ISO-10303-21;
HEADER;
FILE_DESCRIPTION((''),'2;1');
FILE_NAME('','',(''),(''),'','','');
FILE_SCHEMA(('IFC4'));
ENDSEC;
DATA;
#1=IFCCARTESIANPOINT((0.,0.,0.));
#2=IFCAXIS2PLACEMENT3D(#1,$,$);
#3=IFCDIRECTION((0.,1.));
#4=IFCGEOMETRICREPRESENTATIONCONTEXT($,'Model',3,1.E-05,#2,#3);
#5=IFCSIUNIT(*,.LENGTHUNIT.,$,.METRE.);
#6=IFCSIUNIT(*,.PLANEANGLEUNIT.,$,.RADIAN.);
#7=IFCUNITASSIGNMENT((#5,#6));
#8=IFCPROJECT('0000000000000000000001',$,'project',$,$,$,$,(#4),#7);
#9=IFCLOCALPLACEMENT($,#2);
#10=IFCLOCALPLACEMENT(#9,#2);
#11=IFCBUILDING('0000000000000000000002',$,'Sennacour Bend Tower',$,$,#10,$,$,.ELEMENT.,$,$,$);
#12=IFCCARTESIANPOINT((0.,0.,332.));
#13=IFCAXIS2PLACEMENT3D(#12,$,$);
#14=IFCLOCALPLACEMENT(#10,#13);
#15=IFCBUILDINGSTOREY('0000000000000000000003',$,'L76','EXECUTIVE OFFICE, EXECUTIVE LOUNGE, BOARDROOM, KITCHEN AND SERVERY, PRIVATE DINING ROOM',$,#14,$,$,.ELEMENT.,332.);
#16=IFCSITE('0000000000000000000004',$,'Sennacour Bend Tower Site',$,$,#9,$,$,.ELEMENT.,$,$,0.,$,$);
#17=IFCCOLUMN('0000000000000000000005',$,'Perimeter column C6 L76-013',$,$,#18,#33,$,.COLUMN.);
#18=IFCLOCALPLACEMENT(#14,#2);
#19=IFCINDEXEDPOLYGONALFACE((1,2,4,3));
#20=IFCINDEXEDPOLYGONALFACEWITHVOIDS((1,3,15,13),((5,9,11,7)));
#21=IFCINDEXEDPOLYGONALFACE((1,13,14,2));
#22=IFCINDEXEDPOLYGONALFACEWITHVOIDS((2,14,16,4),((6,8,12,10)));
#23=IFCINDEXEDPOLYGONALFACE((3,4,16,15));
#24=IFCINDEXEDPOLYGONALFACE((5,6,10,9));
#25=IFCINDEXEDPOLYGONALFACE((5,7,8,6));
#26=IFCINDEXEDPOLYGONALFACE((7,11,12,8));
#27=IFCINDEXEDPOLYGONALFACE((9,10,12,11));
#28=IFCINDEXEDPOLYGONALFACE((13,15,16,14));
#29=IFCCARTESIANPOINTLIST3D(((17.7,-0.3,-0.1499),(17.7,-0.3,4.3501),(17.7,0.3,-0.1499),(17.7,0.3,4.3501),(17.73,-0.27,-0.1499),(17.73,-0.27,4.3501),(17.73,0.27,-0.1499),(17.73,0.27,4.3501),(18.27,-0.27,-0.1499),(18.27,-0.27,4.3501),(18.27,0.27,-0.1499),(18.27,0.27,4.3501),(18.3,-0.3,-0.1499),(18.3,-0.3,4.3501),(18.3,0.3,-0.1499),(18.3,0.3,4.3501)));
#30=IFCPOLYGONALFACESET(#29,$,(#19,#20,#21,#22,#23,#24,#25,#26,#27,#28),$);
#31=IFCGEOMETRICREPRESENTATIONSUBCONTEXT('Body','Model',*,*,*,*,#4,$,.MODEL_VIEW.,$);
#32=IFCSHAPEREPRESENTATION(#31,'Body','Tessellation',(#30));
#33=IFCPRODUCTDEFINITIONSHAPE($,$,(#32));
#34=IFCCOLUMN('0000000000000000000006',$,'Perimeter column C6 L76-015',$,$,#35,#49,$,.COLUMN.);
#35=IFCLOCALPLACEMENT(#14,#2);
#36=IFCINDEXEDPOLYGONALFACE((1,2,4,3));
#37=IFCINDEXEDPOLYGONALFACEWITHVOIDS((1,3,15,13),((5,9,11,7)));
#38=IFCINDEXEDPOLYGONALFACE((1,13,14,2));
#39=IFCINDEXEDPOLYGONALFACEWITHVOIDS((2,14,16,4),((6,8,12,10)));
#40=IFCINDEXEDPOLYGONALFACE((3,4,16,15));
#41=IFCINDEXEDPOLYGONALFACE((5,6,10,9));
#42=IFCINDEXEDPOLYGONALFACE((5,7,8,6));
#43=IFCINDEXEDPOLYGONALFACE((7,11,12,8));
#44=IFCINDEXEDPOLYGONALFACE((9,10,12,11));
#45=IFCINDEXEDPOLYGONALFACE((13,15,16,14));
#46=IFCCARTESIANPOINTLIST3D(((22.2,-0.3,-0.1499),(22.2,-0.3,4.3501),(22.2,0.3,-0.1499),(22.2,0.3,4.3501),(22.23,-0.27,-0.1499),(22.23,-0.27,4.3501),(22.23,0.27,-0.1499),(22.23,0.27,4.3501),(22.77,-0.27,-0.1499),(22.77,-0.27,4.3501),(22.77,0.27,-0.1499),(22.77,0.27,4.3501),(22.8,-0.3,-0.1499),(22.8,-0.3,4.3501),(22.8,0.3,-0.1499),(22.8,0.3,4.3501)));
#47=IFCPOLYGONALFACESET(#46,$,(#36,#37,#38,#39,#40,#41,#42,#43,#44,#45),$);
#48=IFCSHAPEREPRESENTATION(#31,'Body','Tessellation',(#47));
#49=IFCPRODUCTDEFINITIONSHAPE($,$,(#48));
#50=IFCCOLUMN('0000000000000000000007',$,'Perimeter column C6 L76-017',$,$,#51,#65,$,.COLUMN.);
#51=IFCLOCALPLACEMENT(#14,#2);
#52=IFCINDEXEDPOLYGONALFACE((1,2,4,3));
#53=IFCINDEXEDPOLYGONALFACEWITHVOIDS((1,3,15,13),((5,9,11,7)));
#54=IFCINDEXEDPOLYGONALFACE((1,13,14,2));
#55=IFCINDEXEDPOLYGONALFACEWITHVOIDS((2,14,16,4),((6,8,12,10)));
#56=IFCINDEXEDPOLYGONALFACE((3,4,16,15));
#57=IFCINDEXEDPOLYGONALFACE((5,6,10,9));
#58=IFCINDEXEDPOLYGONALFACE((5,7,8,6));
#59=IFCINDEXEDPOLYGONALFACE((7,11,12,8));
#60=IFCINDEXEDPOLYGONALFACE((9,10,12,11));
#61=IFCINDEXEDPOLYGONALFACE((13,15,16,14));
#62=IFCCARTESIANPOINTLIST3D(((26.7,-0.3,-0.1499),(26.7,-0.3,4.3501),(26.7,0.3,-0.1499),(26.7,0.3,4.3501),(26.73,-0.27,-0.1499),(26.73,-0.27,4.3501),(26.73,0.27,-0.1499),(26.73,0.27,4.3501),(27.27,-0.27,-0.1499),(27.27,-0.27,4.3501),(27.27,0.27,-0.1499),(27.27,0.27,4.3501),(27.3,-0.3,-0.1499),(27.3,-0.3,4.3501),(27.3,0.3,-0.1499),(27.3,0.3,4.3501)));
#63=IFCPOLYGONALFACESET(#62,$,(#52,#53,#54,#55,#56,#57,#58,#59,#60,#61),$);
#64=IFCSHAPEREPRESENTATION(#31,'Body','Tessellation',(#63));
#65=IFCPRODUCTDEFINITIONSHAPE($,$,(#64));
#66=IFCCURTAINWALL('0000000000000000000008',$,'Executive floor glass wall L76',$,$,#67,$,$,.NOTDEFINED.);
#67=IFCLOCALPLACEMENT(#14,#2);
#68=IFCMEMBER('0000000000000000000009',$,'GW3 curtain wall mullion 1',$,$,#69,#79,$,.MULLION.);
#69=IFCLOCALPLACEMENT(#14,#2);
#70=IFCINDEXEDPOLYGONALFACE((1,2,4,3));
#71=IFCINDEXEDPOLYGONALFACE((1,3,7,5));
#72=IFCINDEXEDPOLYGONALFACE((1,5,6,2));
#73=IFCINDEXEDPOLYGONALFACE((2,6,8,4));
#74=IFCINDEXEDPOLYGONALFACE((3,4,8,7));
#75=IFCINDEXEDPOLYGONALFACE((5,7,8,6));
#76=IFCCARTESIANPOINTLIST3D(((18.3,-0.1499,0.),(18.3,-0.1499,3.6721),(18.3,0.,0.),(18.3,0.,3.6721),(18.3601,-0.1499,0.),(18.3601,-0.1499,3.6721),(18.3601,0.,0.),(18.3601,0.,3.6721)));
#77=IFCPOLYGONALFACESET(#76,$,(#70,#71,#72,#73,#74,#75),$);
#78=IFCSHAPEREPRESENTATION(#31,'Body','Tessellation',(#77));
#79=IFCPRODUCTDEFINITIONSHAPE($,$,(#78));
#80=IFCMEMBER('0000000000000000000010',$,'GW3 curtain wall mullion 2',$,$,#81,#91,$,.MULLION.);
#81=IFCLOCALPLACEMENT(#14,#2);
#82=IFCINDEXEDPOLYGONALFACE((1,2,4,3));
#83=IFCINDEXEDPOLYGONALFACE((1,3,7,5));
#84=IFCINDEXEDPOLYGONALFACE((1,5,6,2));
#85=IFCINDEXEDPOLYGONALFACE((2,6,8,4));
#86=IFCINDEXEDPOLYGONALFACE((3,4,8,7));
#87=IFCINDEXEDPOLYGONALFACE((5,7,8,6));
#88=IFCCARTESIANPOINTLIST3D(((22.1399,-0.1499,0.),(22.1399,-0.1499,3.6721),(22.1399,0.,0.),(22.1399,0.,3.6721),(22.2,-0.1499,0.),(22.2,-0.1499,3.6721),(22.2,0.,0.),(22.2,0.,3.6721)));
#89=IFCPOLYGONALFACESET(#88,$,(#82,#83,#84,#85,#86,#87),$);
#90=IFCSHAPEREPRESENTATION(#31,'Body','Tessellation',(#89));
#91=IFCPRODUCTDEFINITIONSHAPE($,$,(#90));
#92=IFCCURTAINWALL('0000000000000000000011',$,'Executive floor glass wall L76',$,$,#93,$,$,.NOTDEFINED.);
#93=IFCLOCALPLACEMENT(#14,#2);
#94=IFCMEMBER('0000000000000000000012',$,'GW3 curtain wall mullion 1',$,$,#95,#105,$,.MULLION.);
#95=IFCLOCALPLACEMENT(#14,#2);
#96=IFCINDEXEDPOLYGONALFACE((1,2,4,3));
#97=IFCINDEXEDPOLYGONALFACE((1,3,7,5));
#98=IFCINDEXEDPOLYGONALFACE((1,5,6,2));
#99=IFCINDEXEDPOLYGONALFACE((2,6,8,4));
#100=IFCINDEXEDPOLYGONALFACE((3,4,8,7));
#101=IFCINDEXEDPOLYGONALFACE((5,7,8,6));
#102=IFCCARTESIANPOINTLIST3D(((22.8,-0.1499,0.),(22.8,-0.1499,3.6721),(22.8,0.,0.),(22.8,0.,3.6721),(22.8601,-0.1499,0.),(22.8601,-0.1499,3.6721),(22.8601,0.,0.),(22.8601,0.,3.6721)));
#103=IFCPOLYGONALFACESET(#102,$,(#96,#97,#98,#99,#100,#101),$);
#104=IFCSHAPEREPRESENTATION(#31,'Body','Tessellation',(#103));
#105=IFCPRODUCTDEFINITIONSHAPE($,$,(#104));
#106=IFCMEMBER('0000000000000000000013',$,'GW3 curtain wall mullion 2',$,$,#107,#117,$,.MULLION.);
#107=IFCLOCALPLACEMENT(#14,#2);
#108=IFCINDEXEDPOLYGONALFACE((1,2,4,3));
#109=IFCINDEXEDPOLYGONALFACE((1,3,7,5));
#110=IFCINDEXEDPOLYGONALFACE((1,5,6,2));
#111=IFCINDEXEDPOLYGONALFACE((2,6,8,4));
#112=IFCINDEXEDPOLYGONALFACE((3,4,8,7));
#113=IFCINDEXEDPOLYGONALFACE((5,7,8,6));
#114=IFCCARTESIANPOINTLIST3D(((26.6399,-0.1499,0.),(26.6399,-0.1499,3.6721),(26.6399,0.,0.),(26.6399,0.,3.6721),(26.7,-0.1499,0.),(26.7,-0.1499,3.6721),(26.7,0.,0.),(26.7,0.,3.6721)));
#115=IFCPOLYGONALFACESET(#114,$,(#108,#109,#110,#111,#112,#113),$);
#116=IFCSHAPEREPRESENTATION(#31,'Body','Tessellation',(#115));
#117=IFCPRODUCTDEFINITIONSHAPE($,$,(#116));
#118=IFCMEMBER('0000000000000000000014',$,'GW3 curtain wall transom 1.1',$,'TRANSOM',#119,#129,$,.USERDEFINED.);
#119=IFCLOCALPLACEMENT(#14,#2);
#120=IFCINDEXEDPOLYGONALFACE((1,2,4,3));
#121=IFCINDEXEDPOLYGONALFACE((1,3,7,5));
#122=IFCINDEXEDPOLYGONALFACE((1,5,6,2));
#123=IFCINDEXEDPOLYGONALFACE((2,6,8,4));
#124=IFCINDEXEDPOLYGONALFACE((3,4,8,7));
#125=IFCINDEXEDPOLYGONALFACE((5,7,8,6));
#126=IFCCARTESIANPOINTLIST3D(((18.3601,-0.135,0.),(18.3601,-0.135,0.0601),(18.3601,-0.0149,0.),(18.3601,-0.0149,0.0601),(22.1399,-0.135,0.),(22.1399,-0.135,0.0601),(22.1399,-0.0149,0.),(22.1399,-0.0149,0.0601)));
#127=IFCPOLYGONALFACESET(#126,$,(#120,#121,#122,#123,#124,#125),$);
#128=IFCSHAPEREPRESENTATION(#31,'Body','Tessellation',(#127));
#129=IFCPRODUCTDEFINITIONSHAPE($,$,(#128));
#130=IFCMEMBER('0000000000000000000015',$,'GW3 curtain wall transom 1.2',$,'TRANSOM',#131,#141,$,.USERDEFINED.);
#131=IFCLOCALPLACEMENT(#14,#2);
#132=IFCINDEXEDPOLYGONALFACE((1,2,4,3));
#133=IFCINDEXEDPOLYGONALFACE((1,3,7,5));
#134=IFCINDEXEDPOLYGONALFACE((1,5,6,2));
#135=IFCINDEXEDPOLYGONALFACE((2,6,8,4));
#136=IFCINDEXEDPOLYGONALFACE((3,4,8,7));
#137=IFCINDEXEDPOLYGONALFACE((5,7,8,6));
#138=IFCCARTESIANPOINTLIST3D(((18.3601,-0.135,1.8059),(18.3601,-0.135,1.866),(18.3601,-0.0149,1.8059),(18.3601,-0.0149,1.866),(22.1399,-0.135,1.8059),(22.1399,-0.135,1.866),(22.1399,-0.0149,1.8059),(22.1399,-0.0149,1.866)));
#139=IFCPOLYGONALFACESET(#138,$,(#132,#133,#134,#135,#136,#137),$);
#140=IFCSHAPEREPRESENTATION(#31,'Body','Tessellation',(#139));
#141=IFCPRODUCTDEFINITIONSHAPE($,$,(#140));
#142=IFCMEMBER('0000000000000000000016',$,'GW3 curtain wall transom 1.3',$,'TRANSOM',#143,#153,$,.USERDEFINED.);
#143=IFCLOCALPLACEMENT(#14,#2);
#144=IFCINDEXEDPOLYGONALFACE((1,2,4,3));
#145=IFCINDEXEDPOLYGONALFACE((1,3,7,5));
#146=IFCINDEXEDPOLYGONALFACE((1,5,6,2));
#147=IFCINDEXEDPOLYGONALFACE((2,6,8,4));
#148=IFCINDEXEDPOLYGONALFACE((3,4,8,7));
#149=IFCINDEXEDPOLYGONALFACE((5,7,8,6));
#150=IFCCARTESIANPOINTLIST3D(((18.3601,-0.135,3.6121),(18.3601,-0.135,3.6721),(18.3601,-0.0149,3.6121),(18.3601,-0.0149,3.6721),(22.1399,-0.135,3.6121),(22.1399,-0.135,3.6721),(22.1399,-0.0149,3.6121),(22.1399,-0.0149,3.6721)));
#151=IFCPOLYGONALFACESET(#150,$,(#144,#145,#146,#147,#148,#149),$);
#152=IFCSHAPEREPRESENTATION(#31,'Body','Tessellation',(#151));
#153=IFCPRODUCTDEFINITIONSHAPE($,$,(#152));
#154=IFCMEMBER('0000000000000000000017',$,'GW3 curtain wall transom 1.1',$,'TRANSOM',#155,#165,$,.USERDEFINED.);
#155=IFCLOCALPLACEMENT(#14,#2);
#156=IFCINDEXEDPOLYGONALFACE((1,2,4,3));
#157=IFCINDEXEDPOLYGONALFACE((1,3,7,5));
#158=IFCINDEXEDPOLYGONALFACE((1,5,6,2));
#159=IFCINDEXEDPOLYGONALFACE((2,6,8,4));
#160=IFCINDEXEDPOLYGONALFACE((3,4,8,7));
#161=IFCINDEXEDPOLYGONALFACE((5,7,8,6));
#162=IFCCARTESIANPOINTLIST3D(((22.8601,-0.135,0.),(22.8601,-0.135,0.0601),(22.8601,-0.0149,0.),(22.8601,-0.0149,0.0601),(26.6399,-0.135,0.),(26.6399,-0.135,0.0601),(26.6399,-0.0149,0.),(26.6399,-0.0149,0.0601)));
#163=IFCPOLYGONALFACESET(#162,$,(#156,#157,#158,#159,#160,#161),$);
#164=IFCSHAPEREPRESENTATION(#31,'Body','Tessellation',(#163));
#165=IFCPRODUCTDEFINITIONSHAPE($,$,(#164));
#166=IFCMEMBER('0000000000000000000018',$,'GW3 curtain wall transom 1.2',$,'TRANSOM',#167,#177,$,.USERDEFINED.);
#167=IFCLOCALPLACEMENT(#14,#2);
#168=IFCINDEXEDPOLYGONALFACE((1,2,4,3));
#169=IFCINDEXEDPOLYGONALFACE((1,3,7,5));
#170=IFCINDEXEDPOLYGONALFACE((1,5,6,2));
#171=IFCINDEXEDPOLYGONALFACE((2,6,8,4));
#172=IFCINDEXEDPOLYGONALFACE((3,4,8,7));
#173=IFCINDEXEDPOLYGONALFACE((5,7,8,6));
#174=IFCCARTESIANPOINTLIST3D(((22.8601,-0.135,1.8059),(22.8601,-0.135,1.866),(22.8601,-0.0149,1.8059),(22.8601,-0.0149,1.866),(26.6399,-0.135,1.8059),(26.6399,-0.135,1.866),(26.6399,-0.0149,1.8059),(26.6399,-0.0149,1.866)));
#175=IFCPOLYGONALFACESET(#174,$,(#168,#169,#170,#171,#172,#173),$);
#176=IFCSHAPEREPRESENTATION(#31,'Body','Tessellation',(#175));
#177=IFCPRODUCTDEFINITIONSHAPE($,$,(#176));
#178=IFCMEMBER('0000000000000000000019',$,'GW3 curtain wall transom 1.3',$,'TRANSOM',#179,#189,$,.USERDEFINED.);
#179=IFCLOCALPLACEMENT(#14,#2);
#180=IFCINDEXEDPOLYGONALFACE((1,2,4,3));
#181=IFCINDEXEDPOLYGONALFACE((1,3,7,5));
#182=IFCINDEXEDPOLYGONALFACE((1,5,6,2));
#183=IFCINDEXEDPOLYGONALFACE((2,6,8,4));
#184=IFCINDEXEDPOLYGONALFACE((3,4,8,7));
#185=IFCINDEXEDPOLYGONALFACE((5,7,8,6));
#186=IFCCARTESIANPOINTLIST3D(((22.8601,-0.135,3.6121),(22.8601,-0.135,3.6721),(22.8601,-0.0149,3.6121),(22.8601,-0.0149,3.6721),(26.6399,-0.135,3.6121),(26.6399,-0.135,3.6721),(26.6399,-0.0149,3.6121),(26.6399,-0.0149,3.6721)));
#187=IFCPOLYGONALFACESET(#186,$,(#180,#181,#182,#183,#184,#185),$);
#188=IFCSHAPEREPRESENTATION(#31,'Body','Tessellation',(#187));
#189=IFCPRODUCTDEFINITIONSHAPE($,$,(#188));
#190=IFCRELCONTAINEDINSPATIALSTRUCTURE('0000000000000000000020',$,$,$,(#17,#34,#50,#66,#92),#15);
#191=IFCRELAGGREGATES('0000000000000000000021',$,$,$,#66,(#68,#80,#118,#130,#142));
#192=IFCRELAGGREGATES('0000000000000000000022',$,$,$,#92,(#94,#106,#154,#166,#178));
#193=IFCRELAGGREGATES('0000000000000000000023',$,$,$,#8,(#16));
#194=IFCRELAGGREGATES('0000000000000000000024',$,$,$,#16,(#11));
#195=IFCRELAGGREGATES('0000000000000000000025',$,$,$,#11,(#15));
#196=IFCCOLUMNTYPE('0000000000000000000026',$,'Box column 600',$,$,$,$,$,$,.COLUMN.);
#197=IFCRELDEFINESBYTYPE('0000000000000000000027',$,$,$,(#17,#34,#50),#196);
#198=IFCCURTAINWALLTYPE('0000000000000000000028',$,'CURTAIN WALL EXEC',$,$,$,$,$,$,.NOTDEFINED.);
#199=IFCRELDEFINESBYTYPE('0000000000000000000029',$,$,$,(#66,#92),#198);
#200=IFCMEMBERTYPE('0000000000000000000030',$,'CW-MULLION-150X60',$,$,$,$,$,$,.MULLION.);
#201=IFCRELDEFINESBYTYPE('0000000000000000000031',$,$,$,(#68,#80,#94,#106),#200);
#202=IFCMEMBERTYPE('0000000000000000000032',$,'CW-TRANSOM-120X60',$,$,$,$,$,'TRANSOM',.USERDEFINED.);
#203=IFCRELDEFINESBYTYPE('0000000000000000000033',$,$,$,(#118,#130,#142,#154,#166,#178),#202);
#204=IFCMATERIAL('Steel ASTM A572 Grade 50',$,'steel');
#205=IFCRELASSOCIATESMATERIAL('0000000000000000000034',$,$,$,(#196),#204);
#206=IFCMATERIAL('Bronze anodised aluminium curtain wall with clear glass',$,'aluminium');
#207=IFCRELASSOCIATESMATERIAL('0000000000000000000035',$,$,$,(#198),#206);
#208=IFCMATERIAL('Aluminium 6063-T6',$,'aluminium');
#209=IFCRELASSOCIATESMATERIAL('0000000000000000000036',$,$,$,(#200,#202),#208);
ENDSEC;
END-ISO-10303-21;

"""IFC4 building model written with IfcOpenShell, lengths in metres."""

from ifc_helpers import new_model, si_unit, direction, frame, origin, origin_2d, place, context, subcontext, project, spatial, rectangle, hollow_rectangle, extrude, material, material_profile, profile_set, type_object, element, aggregate, save


model = new_model("IFC4")

# Units and contexts
model_context = context("Model", 3, precision=1e-05, world=origin(), true_north=direction((0.0, 1.0)))
body_context = subcontext(model_context, "Body", "Model", "MODEL_VIEW")
ifc_project = project(units=[si_unit("LENGTHUNIT", "METRE"), si_unit("PLANEANGLEUNIT", "RADIAN")], contexts=[model_context])

# Site, building, storey
site_placement = place(None, origin())
site = spatial("IfcSite", under=ifc_project, at=site_placement, Name="Sennacour Bend Tower Site", CompositionType="ELEMENT", RefElevation=0.0)
building_placement = place(site_placement, origin())
building = spatial("IfcBuilding", under=site, at=building_placement, Name="Sennacour Bend Tower", CompositionType="ELEMENT")
storey_placement = place(building_placement, frame((0.0, 0.0, 332.0)))
storey = spatial("IfcBuildingStorey", under=building, at=storey_placement, Name="L76", Description="EXECUTIVE OFFICE, EXECUTIVE LOUNGE, BOARDROOM, KITCHEN AND SERVERY, PRIVATE DINING ROOM", CompositionType="ELEMENT", Elevation=332.0)

# Columns
ifc_material_1 = material(Name="Steel ASTM A572 Grade 50", Category="steel")
ifc_material_profile_1 = material_profile(ifc_material_1, hollow_rectangle(XDim=0.6001, YDim=0.6001, WallThickness=0.03, at=origin_2d()), Name="Steel ASTM A572 Grade 50", Category="steel")
ifc_profile_set_1 = profile_set([ifc_material_profile_1], Name="Steel ASTM A572 Grade 50")
column_type = type_object("IfcColumnType", Name="Box column 600", PredefinedType="COLUMN", material=ifc_profile_set_1)
for number, where, z_axis, x_axis, name in (
    (1, (18.0, 0.0, -0.1499), (0.0, 0.0, 1.0), (1.0, 0.0, 0.0), "Perimeter column C6 L76-013"),
    (2, (22.5, 0.0, -0.1499), (0.0, 0.0, 1.0), (1.0, 0.0, 0.0), "Perimeter column C6 L76-015"),
    (3, (27.0, 0.0, -0.1499), (0.0, 0.0, 1.0), (1.0, 0.0, 0.0), "Perimeter column C6 L76-017"),
):
    element("IfcColumn", number, at=place(storey_placement, frame(where, z_axis=z_axis, x_axis=x_axis)), inside=storey, type_object=column_type, Name=name, PredefinedType="COLUMN", context=body_context, shape_type="SweptSolid", body=[
        extrude(hollow_rectangle(XDim=0.6001, YDim=0.6001, WallThickness=0.03, at=origin_2d()), origin(), (0.0, 0.0, 1.0), 4.5),
    ])

# Curtain walls, members
ifc_material_2 = material(Name="Bronze anodised aluminium curtain wall with clear glass", Category="aluminium")
curtain_wall_type = type_object("IfcCurtainWallType", Name="CURTAIN WALL EXEC", PredefinedType="NOTDEFINED", material=ifc_material_2)
curtain_wall_1_placement = place(storey_placement, origin())
curtain_wall_1 = element("IfcCurtainWall", 4, at=curtain_wall_1_placement, inside=storey, type_object=curtain_wall_type, Name="Executive floor glass wall L76", PredefinedType="NOTDEFINED")
ifc_material_3 = material(Name="Aluminium 6063-T6", Category="aluminium")
ifc_material_profile_2 = material_profile(ifc_material_3, rectangle(XDim=0.1499, YDim=0.0601, at=origin_2d()), Name="Aluminium 6063-T6", Category="aluminium")
ifc_profile_set_2 = profile_set([ifc_material_profile_2], Name="Aluminium 6063-T6")
member_type_1 = type_object("IfcMemberType", Name="CW-MULLION-150X60", PredefinedType="MULLION", material=ifc_profile_set_2)
member_1_placement = place(storey_placement, frame((18.3301, -0.075, 0.0), z_axis=(0.0, 0.0, 1.0), x_axis=(0.0, 1.0, 0.0)))
member_1 = element("IfcMember", 5, at=member_1_placement, type_object=member_type_1, Name="GW3 curtain wall mullion 1", PredefinedType="MULLION", context=body_context, shape_type="SweptSolid", body=[
    extrude(rectangle(XDim=0.1499, YDim=0.0601, at=origin_2d()), origin(), (0.0, 0.0, 1.0), 3.6721),
])
member_2_placement = place(storey_placement, frame((22.1699, -0.075, 0.0), z_axis=(0.0, 0.0, 1.0), x_axis=(0.0, 1.0, 0.0)))
member_2 = element("IfcMember", 6, at=member_2_placement, type_object=member_type_1, Name="GW3 curtain wall mullion 2", PredefinedType="MULLION", context=body_context, shape_type="SweptSolid", body=[
    extrude(rectangle(XDim=0.1499, YDim=0.0601, at=origin_2d()), origin(), (0.0, 0.0, 1.0), 3.6721),
])
curtain_wall_2_placement = place(storey_placement, origin())
curtain_wall_2 = element("IfcCurtainWall", 7, at=curtain_wall_2_placement, inside=storey, type_object=curtain_wall_type, Name="Executive floor glass wall L76", PredefinedType="NOTDEFINED")
member_3_placement = place(storey_placement, frame((22.8301, -0.075, 0.0), z_axis=(0.0, 0.0, 1.0), x_axis=(0.0, 1.0, 0.0)))
member_3 = element("IfcMember", 8, at=member_3_placement, type_object=member_type_1, Name="GW3 curtain wall mullion 1", PredefinedType="MULLION", context=body_context, shape_type="SweptSolid", body=[
    extrude(rectangle(XDim=0.1499, YDim=0.0601, at=origin_2d()), origin(), (0.0, 0.0, 1.0), 3.6721),
])
member_4_placement = place(storey_placement, frame((26.6699, -0.075, 0.0), z_axis=(0.0, 0.0, 1.0), x_axis=(0.0, 1.0, 0.0)))
member_4 = element("IfcMember", 9, at=member_4_placement, type_object=member_type_1, Name="GW3 curtain wall mullion 2", PredefinedType="MULLION", context=body_context, shape_type="SweptSolid", body=[
    extrude(rectangle(XDim=0.1499, YDim=0.0601, at=origin_2d()), origin(), (0.0, 0.0, 1.0), 3.6721),
])

# Members
ifc_material_profile_3 = material_profile(ifc_material_3, rectangle(XDim=0.1201, YDim=0.0601, at=origin_2d()), Name="Aluminium 6063-T6", Category="aluminium")
ifc_profile_set_3 = profile_set([ifc_material_profile_3], Name="Aluminium 6063-T6")
member_type_2 = type_object("IfcMemberType", Name="CW-TRANSOM-120X60", ElementType="TRANSOM", PredefinedType="USERDEFINED", material=ifc_profile_set_3)
member_5_placement = place(storey_placement, frame((18.3601, -0.075, 0.03), z_axis=(1.0, 0.0, 0.0), x_axis=(0.0, 1.0, 0.0)))
member_5 = element("IfcMember", 10, at=member_5_placement, type_object=member_type_2, Name="GW3 curtain wall transom 1.1", ObjectType="TRANSOM", PredefinedType="USERDEFINED", context=body_context, shape_type="SweptSolid", body=[
    extrude(rectangle(XDim=0.1201, YDim=0.0601, at=origin_2d()), origin(), (0.0, 0.0, 1.0), 3.7798),
])
member_6_placement = place(storey_placement, frame((18.3601, -0.075, 1.8359), z_axis=(1.0, 0.0, 0.0), x_axis=(0.0, 1.0, 0.0)))
member_6 = element("IfcMember", 11, at=member_6_placement, type_object=member_type_2, Name="GW3 curtain wall transom 1.2", ObjectType="TRANSOM", PredefinedType="USERDEFINED", context=body_context, shape_type="SweptSolid", body=[
    extrude(rectangle(XDim=0.1201, YDim=0.0601, at=origin_2d()), origin(), (0.0, 0.0, 1.0), 3.7798),
])
member_7_placement = place(storey_placement, frame((18.3601, -0.075, 3.6421), z_axis=(1.0, 0.0, 0.0), x_axis=(0.0, 1.0, 0.0)))
member_7 = element("IfcMember", 12, at=member_7_placement, type_object=member_type_2, Name="GW3 curtain wall transom 1.3", ObjectType="TRANSOM", PredefinedType="USERDEFINED", context=body_context, shape_type="SweptSolid", body=[
    extrude(rectangle(XDim=0.1201, YDim=0.0601, at=origin_2d()), origin(), (0.0, 0.0, 1.0), 3.7798),
])
member_8_placement = place(storey_placement, frame((22.8601, -0.075, 0.03), z_axis=(1.0, 0.0, 0.0), x_axis=(0.0, 1.0, 0.0)))
member_8 = element("IfcMember", 13, at=member_8_placement, type_object=member_type_2, Name="GW3 curtain wall transom 1.1", ObjectType="TRANSOM", PredefinedType="USERDEFINED", context=body_context, shape_type="SweptSolid", body=[
    extrude(rectangle(XDim=0.1201, YDim=0.0601, at=origin_2d()), origin(), (0.0, 0.0, 1.0), 3.7798),
])
member_9_placement = place(storey_placement, frame((22.8601, -0.075, 1.8359), z_axis=(1.0, 0.0, 0.0), x_axis=(0.0, 1.0, 0.0)))
member_9 = element("IfcMember", 14, at=member_9_placement, type_object=member_type_2, Name="GW3 curtain wall transom 1.2", ObjectType="TRANSOM", PredefinedType="USERDEFINED", context=body_context, shape_type="SweptSolid", body=[
    extrude(rectangle(XDim=0.1201, YDim=0.0601, at=origin_2d()), origin(), (0.0, 0.0, 1.0), 3.7798),
])
member_10_placement = place(storey_placement, frame((22.8601, -0.075, 3.6421), z_axis=(1.0, 0.0, 0.0), x_axis=(0.0, 1.0, 0.0)))
member_10 = element("IfcMember", 15, at=member_10_placement, type_object=member_type_2, Name="GW3 curtain wall transom 1.3", ObjectType="TRANSOM", PredefinedType="USERDEFINED", context=body_context, shape_type="SweptSolid", body=[
    extrude(rectangle(XDim=0.1201, YDim=0.0601, at=origin_2d()), origin(), (0.0, 0.0, 1.0), 3.7798),
])

aggregate(curtain_wall_1, [member_1, member_2, member_5, member_6, member_7])
aggregate(curtain_wall_2, [member_3, member_4, member_8, member_9, member_10])

save(model, "model.ifc")
